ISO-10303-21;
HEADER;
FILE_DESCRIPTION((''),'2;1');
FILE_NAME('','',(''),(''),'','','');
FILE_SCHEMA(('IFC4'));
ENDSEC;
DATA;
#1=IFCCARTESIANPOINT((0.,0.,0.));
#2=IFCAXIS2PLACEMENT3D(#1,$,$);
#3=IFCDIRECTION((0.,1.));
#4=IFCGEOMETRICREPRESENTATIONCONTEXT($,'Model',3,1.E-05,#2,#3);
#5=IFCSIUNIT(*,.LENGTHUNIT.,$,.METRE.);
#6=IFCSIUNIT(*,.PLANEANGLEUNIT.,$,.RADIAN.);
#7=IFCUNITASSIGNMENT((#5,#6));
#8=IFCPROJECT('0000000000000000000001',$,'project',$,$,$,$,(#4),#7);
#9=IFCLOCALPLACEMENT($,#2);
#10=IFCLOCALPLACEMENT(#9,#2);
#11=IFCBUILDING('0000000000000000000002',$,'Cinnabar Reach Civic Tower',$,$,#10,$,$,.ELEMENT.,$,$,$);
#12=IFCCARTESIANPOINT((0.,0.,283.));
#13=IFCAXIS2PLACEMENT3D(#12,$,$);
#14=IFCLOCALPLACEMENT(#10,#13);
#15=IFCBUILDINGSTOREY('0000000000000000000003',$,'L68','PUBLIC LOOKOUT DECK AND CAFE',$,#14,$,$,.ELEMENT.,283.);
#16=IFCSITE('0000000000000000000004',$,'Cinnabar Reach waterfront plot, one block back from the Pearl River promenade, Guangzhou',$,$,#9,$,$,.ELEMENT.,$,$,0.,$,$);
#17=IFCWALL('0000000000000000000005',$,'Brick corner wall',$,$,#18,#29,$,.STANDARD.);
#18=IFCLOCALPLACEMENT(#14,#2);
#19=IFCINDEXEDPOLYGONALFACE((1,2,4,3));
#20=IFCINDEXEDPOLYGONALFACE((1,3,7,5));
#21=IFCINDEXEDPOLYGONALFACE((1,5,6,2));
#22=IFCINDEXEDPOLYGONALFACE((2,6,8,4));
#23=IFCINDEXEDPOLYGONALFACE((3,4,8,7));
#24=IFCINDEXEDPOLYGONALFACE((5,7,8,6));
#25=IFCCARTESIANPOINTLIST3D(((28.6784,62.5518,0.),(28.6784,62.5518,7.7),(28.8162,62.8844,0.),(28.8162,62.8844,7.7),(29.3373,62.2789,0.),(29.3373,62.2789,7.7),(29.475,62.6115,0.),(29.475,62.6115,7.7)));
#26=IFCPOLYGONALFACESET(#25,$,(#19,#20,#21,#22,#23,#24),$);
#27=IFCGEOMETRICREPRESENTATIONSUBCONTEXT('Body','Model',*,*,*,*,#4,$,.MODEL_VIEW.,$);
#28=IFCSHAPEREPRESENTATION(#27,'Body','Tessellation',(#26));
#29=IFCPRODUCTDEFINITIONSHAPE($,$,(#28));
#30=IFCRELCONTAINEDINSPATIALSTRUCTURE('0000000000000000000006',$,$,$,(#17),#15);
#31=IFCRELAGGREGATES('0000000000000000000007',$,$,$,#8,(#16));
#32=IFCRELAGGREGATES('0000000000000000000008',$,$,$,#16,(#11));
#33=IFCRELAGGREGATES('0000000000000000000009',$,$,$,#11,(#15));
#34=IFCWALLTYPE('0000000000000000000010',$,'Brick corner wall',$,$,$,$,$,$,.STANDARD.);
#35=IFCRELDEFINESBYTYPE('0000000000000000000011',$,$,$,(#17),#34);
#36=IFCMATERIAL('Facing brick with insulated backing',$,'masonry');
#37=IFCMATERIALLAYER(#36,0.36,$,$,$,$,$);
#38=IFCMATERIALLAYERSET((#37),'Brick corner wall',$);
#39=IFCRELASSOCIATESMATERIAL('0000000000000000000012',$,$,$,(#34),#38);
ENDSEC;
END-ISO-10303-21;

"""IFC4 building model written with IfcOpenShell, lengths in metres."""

from ifc_helpers import new_model, si_unit, direction, frame, frame_2d, origin, place, context, subcontext, project, spatial, rectangle, extrude, material, layer, layer_set, type_object, element, save


model = new_model("IFC4")

# Units and contexts
model_context = context("Model", 3, precision=1e-05, world=origin(), true_north=direction((0.0, 1.0)))
body_context = subcontext(model_context, "Body", "Model", "MODEL_VIEW")
ifc_project = project(units=[si_unit("LENGTHUNIT", "METRE"), si_unit("PLANEANGLEUNIT", "RADIAN")], contexts=[model_context])

# Site, building, storey
site_placement = place(None, origin())
site = spatial("IfcSite", under=ifc_project, at=site_placement, Name="Cinnabar Reach waterfront plot, one block back from the Pearl River promenade, Guangzhou", CompositionType="ELEMENT", RefElevation=0.0)
building_placement = place(site_placement, origin())
building = spatial("IfcBuilding", under=site, at=building_placement, Name="Cinnabar Reach Civic Tower", CompositionType="ELEMENT")
storey_placement = place(building_placement, frame((0.0, 0.0, 283.0)))
storey = spatial("IfcBuildingStorey", under=building, at=storey_placement, Name="L68", Description="PUBLIC LOOKOUT DECK AND CAFE", CompositionType="ELEMENT", Elevation=283.0)

# Wall
ifc_material_1 = material(Name="Facing brick with insulated backing", Category="masonry")
ifc_layer_1 = layer(ifc_material_1, 0.36)
ifc_layer_set_1 = layer_set([ifc_layer_1], Name="Brick corner wall")
wall_type = type_object("IfcWallType", Name="Brick corner wall", PredefinedType="STANDARD", material=ifc_layer_set_1)
wall_1_placement = place(storey_placement, frame((29.4061, 62.4452, 0.0), z_axis=(0.0, 0.0, 1.0), x_axis=(-0.923872, 0.382703, 0.0)))
element("IfcWall", 1, at=wall_1_placement, inside=storey, type_object=wall_type, Name="Brick corner wall", PredefinedType="STANDARD", context=body_context, shape_type="SweptSolid", body=[
    extrude(rectangle(XDim=0.7131, YDim=0.36, at=frame_2d((0.3565, 0.0))), origin(), (0.0, 0.0, 1.0), 7.7),
])

save(model, "model.ifc")
